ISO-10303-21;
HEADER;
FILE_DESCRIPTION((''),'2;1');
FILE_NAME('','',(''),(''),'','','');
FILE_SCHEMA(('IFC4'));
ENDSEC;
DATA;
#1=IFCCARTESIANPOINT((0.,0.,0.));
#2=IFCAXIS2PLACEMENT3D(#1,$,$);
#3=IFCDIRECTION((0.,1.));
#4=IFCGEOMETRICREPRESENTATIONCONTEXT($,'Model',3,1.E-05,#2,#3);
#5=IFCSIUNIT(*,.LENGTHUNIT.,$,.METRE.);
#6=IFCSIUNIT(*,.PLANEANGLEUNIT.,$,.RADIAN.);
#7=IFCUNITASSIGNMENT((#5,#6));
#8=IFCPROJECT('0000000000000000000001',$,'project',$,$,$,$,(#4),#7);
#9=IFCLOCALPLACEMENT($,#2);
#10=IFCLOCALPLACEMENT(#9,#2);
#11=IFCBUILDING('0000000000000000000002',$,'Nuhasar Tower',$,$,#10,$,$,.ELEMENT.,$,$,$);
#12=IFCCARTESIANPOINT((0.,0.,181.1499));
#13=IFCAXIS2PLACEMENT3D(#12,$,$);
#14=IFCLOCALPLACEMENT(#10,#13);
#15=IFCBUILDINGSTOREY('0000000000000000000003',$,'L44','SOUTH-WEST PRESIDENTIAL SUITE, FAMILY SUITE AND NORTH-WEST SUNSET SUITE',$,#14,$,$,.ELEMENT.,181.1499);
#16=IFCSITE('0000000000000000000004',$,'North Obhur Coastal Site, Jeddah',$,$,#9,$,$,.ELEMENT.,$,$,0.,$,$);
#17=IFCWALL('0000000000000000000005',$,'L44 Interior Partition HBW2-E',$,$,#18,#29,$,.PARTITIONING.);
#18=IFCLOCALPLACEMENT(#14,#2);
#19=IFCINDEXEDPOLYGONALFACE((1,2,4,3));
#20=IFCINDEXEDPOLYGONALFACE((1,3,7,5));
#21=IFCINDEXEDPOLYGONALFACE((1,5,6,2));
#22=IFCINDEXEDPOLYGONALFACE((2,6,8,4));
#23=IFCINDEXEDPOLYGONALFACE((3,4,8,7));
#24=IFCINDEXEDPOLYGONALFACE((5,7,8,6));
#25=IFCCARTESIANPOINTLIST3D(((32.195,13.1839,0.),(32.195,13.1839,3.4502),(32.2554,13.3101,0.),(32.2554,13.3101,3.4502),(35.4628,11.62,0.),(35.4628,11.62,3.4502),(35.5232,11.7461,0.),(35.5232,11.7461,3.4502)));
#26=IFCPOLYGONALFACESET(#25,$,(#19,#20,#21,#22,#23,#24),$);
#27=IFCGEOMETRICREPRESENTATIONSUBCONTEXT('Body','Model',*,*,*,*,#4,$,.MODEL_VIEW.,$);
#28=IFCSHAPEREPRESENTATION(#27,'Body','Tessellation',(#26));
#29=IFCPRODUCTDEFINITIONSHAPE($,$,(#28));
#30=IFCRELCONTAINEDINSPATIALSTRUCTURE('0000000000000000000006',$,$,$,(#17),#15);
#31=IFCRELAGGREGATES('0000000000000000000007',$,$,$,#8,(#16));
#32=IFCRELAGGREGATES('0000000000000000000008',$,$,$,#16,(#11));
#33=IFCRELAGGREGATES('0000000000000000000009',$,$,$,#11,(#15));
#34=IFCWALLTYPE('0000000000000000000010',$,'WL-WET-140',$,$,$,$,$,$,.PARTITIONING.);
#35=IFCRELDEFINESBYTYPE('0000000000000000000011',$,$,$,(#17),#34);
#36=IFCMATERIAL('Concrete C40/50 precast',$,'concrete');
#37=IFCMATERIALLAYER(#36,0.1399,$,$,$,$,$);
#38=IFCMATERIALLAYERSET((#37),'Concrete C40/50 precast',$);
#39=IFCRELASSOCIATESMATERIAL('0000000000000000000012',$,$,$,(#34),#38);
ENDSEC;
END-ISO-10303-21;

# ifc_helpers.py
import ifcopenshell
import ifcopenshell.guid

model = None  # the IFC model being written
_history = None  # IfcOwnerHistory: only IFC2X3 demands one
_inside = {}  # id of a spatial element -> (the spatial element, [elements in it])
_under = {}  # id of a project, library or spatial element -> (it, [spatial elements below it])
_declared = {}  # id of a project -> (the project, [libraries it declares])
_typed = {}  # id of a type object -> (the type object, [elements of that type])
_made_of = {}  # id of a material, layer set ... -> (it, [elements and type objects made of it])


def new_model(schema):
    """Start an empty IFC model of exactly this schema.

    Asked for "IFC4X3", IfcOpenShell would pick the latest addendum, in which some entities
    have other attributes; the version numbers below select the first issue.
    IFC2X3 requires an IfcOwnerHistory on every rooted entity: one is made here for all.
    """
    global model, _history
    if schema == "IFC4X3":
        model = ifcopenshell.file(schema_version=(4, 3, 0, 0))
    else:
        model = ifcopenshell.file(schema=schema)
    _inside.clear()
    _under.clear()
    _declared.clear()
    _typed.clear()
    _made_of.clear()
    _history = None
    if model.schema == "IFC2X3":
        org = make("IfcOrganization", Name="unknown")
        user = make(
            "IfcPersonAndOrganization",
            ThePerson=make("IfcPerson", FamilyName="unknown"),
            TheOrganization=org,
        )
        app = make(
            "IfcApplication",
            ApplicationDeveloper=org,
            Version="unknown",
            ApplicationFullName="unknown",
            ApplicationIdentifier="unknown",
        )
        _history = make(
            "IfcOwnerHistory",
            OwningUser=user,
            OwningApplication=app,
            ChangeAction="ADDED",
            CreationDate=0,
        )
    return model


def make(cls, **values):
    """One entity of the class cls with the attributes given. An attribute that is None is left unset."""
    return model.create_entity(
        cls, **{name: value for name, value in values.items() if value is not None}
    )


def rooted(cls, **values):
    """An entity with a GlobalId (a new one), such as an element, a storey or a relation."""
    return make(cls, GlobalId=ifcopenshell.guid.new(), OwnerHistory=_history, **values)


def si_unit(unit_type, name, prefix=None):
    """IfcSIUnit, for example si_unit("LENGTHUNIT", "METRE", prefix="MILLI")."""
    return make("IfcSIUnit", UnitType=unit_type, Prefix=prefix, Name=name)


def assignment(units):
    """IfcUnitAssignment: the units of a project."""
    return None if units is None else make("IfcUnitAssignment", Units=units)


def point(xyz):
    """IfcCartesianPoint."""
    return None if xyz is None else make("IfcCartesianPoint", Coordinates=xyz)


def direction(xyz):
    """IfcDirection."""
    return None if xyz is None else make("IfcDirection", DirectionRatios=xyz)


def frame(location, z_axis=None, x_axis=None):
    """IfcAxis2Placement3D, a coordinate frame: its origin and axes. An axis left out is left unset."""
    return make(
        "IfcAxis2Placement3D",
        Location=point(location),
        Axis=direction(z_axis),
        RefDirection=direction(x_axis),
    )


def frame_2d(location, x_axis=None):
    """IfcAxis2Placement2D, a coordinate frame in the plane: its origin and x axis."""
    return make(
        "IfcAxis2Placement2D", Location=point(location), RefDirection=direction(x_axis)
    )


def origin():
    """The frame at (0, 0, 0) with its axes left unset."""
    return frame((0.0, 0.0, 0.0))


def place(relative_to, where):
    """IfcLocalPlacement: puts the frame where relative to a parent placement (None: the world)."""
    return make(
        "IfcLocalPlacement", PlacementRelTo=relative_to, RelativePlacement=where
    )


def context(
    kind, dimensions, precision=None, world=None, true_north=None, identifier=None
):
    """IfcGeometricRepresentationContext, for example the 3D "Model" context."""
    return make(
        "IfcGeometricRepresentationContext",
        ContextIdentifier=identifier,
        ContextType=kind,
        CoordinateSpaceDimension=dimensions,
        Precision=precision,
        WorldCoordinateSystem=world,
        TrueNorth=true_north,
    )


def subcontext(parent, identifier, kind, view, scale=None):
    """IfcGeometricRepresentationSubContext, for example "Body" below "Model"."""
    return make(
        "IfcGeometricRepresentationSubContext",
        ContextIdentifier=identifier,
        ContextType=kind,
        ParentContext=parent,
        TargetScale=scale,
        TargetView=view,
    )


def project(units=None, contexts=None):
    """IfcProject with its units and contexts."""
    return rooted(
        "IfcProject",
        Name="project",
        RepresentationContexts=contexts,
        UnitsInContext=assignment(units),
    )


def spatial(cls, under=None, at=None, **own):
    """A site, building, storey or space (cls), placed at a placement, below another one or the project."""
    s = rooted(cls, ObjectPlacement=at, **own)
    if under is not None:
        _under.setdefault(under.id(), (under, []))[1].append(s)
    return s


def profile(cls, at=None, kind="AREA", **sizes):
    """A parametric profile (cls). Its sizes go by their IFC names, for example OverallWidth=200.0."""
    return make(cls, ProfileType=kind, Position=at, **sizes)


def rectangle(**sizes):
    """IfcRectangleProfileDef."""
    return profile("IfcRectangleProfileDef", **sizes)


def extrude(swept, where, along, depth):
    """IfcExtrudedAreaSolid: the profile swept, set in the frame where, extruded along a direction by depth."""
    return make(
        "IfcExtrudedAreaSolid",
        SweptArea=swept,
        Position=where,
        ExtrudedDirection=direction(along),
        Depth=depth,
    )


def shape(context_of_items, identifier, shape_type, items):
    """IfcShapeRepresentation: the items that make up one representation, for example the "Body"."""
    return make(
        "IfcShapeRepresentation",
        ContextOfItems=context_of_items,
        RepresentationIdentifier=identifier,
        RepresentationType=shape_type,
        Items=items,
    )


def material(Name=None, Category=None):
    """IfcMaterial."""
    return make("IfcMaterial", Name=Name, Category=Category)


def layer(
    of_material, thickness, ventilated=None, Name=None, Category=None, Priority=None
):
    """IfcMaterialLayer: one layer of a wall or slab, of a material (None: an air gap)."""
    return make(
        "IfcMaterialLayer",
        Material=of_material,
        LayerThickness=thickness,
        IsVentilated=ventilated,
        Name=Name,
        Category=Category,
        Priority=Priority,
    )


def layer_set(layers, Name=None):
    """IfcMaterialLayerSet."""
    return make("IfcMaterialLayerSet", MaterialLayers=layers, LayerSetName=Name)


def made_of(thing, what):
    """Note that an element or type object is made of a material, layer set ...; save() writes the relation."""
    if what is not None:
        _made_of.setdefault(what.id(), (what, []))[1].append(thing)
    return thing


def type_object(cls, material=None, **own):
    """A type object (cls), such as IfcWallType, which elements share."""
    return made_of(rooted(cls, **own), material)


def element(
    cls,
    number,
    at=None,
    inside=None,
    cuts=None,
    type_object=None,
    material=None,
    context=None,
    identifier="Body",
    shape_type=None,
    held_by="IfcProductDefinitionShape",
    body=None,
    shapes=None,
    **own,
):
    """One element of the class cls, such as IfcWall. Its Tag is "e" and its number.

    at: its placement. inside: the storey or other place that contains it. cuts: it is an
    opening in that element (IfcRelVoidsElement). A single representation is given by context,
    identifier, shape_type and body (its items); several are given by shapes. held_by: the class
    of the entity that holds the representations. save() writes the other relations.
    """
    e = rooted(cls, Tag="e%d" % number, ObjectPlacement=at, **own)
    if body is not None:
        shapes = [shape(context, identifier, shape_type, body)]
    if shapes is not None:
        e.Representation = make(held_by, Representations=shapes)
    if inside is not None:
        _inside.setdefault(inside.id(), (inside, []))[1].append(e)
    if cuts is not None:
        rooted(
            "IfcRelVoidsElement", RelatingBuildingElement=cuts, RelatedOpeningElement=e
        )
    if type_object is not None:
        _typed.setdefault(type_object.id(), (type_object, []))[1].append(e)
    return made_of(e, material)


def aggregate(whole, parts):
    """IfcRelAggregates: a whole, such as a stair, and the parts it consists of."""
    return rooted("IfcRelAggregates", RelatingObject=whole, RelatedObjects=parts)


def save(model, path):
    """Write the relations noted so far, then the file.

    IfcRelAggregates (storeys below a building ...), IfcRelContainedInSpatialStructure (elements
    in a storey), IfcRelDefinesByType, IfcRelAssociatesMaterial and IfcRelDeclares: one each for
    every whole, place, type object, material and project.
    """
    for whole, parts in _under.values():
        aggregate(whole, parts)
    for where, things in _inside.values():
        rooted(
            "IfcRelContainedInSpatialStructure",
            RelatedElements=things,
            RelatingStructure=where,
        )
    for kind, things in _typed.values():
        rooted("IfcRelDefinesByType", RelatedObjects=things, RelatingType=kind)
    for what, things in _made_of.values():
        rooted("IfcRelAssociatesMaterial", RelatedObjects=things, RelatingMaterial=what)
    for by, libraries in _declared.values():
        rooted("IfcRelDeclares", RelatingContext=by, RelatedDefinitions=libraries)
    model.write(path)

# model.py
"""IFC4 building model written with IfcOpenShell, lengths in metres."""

from ifc_helpers import new_model, si_unit, direction, frame, frame_2d, origin, place, context, subcontext, project, spatial, rectangle, extrude, material, layer, layer_set, type_object, element, save


model = new_model("IFC4")

# Units and contexts
model_context = context("Model", 3, precision=1e-05, world=origin(), true_north=direction((0.0, 1.0)))
body_context = subcontext(model_context, "Body", "Model", "MODEL_VIEW")
ifc_project = project(units=[si_unit("LENGTHUNIT", "METRE"), si_unit("PLANEANGLEUNIT", "RADIAN")], contexts=[model_context])

# Site, building, storey
site_placement = place(None, origin())
site = spatial("IfcSite", under=ifc_project, at=site_placement, Name="North Obhur Coastal Site, Jeddah", CompositionType="ELEMENT", RefElevation=0.0)
building_placement = place(site_placement, origin())
building = spatial("IfcBuilding", under=site, at=building_placement, Name="Nuhasar Tower", CompositionType="ELEMENT")
storey_placement = place(building_placement, frame((0.0, 0.0, 181.1499)))
storey = spatial("IfcBuildingStorey", under=building, at=storey_placement, Name="L44", Description="SOUTH-WEST PRESIDENTIAL SUITE, FAMILY SUITE AND NORTH-WEST SUNSET SUITE", CompositionType="ELEMENT", Elevation=181.1499)

# Shared definitions
ifc_material_1 = material(Name="Concrete C40/50 precast", Category="concrete")
ifc_layer_1 = layer(ifc_material_1, 0.1399)
ifc_layer_set_1 = layer_set([ifc_layer_1], Name="Concrete C40/50 precast")
wall_type_1 = type_object("IfcWallType", Name="WL-WET-140", PredefinedType="PARTITIONING", material=ifc_layer_set_1)

# Wall
wall_1_placement = place(storey_placement, frame((32.2251, 13.2471, 0.0), z_axis=(0.0, 0.0, 1.0), x_axis=(0.902017, -0.431701, 0.0)))
element("IfcWall", 1, at=wall_1_placement, inside=storey, type_object=wall_type_1, Name="L44 Interior Partition HBW2-E", PredefinedType="PARTITIONING", context=body_context, shape_type="SweptSolid", body=[
    extrude(rectangle(XDim=3.6228, YDim=0.1399, at=frame_2d((1.8115, 0.0))), origin(), (0.0, 0.0, 1.0), 3.4502),
])

save(model, "model.ifc")
